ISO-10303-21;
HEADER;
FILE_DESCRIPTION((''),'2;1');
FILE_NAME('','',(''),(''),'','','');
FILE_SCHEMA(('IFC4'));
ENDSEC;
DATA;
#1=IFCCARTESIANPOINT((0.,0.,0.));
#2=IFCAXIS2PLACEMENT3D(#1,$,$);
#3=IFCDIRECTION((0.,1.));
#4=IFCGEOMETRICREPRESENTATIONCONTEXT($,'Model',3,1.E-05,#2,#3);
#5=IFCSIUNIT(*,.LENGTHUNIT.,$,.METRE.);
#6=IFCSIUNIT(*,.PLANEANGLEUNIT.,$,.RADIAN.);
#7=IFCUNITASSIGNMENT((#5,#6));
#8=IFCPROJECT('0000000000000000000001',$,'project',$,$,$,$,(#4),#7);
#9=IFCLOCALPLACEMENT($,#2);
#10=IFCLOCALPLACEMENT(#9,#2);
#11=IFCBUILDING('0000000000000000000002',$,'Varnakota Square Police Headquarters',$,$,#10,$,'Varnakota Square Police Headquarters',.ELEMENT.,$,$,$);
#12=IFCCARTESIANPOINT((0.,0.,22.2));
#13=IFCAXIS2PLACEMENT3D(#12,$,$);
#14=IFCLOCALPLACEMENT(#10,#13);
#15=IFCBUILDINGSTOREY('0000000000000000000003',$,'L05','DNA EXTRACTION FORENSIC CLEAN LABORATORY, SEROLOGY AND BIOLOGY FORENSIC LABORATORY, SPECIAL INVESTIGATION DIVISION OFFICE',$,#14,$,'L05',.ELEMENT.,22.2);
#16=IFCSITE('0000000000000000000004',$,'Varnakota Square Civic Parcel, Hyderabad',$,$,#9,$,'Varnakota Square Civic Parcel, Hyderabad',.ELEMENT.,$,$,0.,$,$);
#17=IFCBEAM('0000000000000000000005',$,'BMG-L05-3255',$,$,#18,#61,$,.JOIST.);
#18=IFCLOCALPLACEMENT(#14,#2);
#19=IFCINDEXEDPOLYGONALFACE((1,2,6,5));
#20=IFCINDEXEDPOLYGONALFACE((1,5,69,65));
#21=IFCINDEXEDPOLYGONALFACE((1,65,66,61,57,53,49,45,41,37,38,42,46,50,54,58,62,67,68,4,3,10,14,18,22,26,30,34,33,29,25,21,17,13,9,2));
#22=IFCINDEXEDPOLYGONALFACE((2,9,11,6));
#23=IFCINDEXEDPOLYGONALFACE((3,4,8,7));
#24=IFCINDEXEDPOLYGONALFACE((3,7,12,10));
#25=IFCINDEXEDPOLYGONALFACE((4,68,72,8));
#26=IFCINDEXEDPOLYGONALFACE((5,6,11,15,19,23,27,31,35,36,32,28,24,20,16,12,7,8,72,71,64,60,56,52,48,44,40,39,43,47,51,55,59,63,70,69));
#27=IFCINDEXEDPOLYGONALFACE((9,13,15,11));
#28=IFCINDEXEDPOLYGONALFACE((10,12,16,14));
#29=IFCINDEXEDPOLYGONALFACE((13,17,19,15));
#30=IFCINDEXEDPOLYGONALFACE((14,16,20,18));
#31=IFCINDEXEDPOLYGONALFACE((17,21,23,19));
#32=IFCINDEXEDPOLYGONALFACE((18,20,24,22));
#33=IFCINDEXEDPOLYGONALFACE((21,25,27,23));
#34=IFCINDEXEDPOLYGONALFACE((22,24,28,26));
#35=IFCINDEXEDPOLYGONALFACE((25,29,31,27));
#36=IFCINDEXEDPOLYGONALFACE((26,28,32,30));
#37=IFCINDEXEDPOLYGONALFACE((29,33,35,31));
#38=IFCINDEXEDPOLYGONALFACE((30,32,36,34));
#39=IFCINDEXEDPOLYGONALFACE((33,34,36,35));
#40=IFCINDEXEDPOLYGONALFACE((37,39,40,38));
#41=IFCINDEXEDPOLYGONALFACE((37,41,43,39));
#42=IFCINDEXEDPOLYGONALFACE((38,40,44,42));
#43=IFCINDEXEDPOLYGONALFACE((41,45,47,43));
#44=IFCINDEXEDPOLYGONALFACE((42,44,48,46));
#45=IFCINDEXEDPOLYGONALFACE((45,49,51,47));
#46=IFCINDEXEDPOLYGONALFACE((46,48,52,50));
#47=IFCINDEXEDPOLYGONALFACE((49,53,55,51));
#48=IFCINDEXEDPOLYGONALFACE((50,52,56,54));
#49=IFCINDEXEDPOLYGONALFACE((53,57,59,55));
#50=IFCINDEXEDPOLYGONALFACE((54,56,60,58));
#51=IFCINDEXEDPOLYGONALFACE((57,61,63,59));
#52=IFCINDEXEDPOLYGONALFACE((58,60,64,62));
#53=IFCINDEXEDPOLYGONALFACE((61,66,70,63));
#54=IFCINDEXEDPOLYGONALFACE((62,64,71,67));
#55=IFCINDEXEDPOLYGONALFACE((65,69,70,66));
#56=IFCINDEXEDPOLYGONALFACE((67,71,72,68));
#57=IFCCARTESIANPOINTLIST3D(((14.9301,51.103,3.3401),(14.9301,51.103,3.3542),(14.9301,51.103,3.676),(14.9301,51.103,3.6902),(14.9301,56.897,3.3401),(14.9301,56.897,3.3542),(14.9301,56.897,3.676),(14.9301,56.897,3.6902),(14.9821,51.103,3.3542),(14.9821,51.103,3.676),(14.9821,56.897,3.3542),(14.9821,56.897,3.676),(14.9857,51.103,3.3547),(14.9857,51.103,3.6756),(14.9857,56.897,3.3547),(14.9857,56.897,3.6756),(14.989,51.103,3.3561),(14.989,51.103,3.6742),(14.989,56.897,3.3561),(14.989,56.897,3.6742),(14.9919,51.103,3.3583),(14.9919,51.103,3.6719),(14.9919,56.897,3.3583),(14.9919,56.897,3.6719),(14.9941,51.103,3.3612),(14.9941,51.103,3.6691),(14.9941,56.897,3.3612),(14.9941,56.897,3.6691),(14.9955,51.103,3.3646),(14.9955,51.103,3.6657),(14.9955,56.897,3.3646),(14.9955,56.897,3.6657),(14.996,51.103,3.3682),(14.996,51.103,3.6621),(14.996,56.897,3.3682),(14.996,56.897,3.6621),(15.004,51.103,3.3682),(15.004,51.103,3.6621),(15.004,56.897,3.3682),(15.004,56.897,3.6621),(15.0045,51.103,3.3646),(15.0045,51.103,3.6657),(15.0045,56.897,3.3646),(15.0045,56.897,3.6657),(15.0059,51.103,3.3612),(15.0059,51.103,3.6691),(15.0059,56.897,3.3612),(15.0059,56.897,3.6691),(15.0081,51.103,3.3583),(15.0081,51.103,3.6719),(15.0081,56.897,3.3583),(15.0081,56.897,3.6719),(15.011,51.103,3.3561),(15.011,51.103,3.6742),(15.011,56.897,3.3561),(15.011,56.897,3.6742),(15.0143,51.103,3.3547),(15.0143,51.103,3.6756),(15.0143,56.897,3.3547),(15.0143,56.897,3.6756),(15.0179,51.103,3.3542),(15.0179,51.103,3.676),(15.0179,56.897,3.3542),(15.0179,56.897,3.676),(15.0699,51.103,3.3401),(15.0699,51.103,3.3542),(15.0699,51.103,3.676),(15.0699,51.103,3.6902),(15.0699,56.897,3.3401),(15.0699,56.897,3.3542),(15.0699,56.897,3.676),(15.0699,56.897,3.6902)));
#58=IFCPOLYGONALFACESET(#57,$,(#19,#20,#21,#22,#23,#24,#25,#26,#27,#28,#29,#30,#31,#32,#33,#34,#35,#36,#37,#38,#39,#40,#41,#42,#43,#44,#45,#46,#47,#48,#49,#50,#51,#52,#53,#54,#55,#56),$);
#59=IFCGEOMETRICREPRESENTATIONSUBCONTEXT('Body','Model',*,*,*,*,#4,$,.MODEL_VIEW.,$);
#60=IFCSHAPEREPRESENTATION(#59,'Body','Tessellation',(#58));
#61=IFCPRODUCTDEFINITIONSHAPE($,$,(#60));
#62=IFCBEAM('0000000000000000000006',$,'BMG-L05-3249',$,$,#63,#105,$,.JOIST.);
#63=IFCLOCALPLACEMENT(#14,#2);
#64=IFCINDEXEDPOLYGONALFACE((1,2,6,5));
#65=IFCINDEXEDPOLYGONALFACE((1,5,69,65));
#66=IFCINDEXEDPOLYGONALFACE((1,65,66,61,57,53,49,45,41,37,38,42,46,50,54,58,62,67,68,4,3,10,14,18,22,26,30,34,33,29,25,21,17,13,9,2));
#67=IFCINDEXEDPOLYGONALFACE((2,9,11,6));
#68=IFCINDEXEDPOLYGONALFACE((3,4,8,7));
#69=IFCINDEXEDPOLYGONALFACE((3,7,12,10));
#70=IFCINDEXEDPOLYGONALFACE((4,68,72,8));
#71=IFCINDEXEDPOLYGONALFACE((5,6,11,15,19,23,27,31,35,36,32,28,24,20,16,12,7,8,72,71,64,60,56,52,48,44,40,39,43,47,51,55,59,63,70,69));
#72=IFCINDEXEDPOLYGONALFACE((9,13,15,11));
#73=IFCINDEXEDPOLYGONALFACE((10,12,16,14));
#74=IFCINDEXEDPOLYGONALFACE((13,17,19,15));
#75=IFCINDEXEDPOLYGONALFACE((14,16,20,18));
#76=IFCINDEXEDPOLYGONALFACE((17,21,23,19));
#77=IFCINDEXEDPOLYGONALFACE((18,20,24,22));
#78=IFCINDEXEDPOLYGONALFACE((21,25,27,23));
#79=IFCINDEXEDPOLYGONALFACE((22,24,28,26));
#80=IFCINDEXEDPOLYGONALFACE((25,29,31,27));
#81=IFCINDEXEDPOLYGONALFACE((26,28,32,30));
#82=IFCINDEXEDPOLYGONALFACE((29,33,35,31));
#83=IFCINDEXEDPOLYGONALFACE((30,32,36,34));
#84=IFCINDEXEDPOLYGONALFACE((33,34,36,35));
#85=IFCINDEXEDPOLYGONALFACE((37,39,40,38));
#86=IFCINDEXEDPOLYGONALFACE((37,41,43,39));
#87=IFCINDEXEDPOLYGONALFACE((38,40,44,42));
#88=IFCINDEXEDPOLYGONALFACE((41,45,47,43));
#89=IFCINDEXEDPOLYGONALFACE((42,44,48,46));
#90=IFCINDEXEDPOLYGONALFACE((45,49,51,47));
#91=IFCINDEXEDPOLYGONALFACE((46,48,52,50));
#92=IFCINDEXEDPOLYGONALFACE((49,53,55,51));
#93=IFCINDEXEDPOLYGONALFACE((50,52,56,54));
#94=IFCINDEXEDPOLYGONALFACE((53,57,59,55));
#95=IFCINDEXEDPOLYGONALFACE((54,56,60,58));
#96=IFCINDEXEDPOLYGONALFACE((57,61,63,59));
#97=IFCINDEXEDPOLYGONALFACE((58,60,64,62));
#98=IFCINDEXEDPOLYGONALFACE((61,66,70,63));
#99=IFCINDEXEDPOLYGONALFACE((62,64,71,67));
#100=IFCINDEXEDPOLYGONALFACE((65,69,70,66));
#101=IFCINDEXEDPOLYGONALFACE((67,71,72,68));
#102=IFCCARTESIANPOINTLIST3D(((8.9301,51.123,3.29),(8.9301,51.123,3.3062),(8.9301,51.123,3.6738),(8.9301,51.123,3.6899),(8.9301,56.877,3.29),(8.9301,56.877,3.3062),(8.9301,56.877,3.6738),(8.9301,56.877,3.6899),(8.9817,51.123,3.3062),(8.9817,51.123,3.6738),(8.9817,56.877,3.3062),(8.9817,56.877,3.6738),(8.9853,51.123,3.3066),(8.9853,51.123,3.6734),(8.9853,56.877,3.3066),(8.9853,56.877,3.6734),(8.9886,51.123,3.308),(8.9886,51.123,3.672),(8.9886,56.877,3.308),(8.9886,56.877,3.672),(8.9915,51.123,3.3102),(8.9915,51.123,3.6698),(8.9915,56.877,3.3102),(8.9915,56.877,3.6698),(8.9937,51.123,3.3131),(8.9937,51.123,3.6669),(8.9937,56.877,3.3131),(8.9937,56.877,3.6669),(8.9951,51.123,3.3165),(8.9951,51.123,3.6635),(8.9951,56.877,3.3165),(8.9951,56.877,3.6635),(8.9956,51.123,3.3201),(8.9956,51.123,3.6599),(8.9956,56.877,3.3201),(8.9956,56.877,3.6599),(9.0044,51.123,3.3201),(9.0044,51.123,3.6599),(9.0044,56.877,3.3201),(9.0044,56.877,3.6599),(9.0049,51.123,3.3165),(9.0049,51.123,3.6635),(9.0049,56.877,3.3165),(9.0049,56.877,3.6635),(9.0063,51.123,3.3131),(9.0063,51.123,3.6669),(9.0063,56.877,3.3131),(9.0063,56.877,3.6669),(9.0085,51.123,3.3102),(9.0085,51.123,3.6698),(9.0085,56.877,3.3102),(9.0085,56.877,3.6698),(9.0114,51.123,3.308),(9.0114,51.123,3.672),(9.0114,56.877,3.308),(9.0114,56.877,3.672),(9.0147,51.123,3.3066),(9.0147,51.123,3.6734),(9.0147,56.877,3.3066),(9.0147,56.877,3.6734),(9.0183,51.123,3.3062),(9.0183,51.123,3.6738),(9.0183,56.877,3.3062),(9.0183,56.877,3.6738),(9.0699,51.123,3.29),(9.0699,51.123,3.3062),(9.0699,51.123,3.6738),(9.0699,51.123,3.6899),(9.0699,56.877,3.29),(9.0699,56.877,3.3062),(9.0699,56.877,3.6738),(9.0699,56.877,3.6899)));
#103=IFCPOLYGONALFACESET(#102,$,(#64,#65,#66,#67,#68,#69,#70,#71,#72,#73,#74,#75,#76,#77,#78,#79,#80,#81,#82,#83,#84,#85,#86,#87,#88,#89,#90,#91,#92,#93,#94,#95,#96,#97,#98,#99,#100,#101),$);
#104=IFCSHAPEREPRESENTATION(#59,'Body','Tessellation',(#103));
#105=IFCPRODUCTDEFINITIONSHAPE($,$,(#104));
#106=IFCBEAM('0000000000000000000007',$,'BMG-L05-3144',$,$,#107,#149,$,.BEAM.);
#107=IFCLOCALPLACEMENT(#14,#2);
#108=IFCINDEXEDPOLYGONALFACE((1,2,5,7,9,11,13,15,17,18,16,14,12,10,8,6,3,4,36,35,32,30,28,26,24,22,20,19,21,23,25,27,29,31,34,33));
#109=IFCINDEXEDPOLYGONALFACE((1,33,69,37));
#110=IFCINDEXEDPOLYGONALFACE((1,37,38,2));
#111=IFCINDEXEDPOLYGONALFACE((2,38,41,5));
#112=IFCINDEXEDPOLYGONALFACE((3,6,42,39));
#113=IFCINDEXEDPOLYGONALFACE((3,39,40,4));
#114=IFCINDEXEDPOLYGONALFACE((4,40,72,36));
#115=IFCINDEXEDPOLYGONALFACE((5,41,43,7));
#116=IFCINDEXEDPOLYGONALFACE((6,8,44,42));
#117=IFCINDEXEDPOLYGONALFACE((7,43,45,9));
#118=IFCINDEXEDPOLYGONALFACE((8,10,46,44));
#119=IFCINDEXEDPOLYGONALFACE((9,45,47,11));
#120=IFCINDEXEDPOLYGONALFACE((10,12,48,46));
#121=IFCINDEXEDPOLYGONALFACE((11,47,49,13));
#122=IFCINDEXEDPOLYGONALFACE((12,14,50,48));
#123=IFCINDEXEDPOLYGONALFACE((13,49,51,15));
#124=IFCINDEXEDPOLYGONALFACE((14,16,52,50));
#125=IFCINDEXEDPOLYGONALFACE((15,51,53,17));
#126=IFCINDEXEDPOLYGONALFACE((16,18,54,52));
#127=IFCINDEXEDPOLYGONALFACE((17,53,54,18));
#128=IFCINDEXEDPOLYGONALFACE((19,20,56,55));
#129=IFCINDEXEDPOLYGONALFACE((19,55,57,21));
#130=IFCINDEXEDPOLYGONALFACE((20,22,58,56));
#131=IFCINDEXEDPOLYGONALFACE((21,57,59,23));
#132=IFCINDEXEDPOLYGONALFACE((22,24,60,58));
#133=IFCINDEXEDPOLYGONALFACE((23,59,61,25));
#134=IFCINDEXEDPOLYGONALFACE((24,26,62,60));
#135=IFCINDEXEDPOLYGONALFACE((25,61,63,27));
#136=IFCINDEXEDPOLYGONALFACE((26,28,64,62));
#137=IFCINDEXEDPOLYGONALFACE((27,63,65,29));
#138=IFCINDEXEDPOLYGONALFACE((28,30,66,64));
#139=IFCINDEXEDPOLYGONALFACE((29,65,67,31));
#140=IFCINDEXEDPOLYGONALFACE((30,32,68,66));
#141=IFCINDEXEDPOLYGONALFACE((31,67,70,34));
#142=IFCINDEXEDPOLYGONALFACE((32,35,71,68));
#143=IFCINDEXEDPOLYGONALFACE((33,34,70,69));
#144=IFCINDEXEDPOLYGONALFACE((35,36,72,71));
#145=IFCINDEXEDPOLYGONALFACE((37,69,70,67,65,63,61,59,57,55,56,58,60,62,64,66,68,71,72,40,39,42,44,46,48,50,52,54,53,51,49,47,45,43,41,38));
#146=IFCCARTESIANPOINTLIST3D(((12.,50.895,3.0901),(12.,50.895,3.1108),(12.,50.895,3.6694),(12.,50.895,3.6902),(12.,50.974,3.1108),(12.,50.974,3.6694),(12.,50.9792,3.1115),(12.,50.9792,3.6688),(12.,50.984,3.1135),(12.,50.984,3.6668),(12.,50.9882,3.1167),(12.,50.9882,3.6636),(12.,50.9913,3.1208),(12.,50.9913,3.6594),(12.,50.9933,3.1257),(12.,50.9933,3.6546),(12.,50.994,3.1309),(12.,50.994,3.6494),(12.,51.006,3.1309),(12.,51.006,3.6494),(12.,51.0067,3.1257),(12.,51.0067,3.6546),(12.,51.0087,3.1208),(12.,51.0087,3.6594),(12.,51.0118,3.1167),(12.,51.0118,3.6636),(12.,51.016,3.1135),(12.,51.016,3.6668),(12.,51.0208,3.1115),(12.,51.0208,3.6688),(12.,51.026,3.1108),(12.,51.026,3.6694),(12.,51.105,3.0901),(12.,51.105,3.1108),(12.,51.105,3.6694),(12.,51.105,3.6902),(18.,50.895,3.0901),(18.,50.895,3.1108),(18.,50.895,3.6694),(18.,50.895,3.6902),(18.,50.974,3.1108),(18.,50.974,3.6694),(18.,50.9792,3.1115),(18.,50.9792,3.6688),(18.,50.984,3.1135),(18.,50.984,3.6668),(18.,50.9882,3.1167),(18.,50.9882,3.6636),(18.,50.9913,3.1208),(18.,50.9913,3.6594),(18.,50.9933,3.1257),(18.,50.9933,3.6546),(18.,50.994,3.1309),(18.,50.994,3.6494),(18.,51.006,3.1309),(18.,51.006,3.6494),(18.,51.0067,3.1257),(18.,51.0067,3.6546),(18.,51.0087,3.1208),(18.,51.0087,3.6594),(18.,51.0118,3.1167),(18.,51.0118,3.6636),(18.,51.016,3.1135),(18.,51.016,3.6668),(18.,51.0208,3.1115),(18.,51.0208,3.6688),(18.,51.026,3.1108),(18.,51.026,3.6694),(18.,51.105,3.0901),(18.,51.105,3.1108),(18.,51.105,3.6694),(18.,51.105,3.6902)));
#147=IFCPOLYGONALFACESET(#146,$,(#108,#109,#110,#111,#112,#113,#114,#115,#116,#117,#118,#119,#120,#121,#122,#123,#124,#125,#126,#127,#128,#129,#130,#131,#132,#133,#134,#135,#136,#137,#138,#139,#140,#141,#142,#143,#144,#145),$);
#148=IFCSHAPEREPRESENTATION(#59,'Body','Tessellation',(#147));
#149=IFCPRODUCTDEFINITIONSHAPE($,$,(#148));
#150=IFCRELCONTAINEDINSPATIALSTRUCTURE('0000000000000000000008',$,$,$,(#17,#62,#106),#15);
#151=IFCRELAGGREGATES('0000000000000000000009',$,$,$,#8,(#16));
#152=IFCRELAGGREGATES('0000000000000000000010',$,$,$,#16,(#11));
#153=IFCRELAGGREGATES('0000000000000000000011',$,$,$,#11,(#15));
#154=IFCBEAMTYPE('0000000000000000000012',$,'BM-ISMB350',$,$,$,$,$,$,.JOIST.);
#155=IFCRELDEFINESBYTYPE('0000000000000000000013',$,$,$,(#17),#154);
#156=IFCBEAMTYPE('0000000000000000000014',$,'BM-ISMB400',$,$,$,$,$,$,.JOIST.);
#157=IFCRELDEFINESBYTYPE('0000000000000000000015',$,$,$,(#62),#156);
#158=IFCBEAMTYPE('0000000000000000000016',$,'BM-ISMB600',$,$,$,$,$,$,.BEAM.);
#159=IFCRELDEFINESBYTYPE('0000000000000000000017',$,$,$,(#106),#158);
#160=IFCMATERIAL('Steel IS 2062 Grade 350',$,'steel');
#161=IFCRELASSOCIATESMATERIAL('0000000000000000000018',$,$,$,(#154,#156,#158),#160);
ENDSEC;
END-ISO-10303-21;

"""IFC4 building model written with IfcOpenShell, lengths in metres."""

from ifc_helpers import new_model, si_unit, direction, frame, origin, origin_2d, place, context, subcontext, project, spatial, i_section, extrude, material, material_profile, profile_set, type_object, element, save


model = new_model("IFC4")

# Units and contexts
model_context = context("Model", 3, precision=1e-05, world=origin(), true_north=direction((0.0, 1.0)))
body_context = subcontext(model_context, "Body", "Model", "MODEL_VIEW")
ifc_project = project(units=[si_unit("LENGTHUNIT", "METRE"), si_unit("PLANEANGLEUNIT", "RADIAN")], contexts=[model_context])

# Site, building, storey
site_placement = place(None, origin())
site = spatial("IfcSite", under=ifc_project, at=site_placement, Name="Varnakota Square Civic Parcel, Hyderabad", LongName="Varnakota Square Civic Parcel, Hyderabad", CompositionType="ELEMENT", RefElevation=0.0)
building_placement = place(site_placement, origin())
building = spatial("IfcBuilding", under=site, at=building_placement, Name="Varnakota Square Police Headquarters", LongName="Varnakota Square Police Headquarters", CompositionType="ELEMENT")
storey_placement = place(building_placement, frame((0.0, 0.0, 22.2)))
storey = spatial("IfcBuildingStorey", under=building, at=storey_placement, Name="L05", Description="DNA EXTRACTION FORENSIC CLEAN LABORATORY, SEROLOGY AND BIOLOGY FORENSIC LABORATORY, SPECIAL INVESTIGATION DIVISION OFFICE", LongName="L05", CompositionType="ELEMENT", Elevation=22.2)

# Shared definitions
ifc_material_1 = material(Name="Steel IS 2062 Grade 350", Category="steel")

# Beams
ifc_material_profile_1 = material_profile(ifc_material_1, i_section(OverallWidth=0.1399, OverallDepth=0.3501, WebThickness=0.0081, FlangeThickness=0.0142, FilletRadius=0.0139, at=origin_2d()), Name="ISMB 350")
ifc_profile_set_1 = profile_set([ifc_material_profile_1], Name="Steel IS 2062 Grade 350")
beam_type_1 = type_object("IfcBeamType", Name="BM-ISMB350", PredefinedType="JOIST", material=ifc_profile_set_1)
beam_1_placement = place(storey_placement, frame((15.0, 51.103, 3.5151), z_axis=(0.0, 1.0, 0.0), x_axis=(-1.0, 0.0, 0.0)))
element("IfcBeam", 1, at=beam_1_placement, inside=storey, type_object=beam_type_1, Name="BMG-L05-3255", PredefinedType="JOIST", context=body_context, shape_type="SweptSolid", body=[
    extrude(i_section(OverallWidth=0.1399, OverallDepth=0.3501, WebThickness=0.0081, FlangeThickness=0.0142, FilletRadius=0.0139, at=origin_2d()), origin(), (0.0, 0.0, 1.0), 5.7939),
])
ifc_material_profile_2 = material_profile(ifc_material_1, i_section(OverallWidth=0.1399, OverallDepth=0.3999, WebThickness=0.0088, FlangeThickness=0.0161, FilletRadius=0.0139, at=origin_2d()), Name="ISMB 400")
ifc_profile_set_2 = profile_set([ifc_material_profile_2], Name="Steel IS 2062 Grade 350")
beam_type_2 = type_object("IfcBeamType", Name="BM-ISMB400", PredefinedType="JOIST", material=ifc_profile_set_2)
beam_2_placement = place(storey_placement, frame((9.0, 51.123, 3.49), z_axis=(0.0, 1.0, 0.0), x_axis=(-1.0, 0.0, 0.0)))
element("IfcBeam", 2, at=beam_2_placement, inside=storey, type_object=beam_type_2, Name="BMG-L05-3249", PredefinedType="JOIST", context=body_context, shape_type="SweptSolid", body=[
    extrude(i_section(OverallWidth=0.1399, OverallDepth=0.3999, WebThickness=0.0088, FlangeThickness=0.0161, FilletRadius=0.0139, at=origin_2d()), origin(), (0.0, 0.0, 1.0), 5.7539),
])
ifc_material_profile_3 = material_profile(ifc_material_1, i_section(OverallWidth=0.21, OverallDepth=0.6001, WebThickness=0.012, FlangeThickness=0.0208, FilletRadius=0.02, at=origin_2d()), Name="ISMB 600")
ifc_profile_set_3 = profile_set([ifc_material_profile_3], Name="Steel IS 2062 Grade 350")
beam_type_3 = type_object("IfcBeamType", Name="BM-ISMB600", PredefinedType="BEAM", material=ifc_profile_set_3)
beam_3_placement = place(storey_placement, frame((12.0, 51.0, 3.3901), z_axis=(1.0, 0.0, 0.0), x_axis=(0.0, 1.0, 0.0)))
element("IfcBeam", 3, at=beam_3_placement, inside=storey, type_object=beam_type_3, Name="BMG-L05-3144", PredefinedType="BEAM", context=body_context, shape_type="SweptSolid", body=[
    extrude(i_section(OverallWidth=0.21, OverallDepth=0.6001, WebThickness=0.012, FlangeThickness=0.0208, FilletRadius=0.02, at=origin_2d()), origin(), (0.0, 0.0, 1.0), 6.0),
])

save(model, "model.ifc")
